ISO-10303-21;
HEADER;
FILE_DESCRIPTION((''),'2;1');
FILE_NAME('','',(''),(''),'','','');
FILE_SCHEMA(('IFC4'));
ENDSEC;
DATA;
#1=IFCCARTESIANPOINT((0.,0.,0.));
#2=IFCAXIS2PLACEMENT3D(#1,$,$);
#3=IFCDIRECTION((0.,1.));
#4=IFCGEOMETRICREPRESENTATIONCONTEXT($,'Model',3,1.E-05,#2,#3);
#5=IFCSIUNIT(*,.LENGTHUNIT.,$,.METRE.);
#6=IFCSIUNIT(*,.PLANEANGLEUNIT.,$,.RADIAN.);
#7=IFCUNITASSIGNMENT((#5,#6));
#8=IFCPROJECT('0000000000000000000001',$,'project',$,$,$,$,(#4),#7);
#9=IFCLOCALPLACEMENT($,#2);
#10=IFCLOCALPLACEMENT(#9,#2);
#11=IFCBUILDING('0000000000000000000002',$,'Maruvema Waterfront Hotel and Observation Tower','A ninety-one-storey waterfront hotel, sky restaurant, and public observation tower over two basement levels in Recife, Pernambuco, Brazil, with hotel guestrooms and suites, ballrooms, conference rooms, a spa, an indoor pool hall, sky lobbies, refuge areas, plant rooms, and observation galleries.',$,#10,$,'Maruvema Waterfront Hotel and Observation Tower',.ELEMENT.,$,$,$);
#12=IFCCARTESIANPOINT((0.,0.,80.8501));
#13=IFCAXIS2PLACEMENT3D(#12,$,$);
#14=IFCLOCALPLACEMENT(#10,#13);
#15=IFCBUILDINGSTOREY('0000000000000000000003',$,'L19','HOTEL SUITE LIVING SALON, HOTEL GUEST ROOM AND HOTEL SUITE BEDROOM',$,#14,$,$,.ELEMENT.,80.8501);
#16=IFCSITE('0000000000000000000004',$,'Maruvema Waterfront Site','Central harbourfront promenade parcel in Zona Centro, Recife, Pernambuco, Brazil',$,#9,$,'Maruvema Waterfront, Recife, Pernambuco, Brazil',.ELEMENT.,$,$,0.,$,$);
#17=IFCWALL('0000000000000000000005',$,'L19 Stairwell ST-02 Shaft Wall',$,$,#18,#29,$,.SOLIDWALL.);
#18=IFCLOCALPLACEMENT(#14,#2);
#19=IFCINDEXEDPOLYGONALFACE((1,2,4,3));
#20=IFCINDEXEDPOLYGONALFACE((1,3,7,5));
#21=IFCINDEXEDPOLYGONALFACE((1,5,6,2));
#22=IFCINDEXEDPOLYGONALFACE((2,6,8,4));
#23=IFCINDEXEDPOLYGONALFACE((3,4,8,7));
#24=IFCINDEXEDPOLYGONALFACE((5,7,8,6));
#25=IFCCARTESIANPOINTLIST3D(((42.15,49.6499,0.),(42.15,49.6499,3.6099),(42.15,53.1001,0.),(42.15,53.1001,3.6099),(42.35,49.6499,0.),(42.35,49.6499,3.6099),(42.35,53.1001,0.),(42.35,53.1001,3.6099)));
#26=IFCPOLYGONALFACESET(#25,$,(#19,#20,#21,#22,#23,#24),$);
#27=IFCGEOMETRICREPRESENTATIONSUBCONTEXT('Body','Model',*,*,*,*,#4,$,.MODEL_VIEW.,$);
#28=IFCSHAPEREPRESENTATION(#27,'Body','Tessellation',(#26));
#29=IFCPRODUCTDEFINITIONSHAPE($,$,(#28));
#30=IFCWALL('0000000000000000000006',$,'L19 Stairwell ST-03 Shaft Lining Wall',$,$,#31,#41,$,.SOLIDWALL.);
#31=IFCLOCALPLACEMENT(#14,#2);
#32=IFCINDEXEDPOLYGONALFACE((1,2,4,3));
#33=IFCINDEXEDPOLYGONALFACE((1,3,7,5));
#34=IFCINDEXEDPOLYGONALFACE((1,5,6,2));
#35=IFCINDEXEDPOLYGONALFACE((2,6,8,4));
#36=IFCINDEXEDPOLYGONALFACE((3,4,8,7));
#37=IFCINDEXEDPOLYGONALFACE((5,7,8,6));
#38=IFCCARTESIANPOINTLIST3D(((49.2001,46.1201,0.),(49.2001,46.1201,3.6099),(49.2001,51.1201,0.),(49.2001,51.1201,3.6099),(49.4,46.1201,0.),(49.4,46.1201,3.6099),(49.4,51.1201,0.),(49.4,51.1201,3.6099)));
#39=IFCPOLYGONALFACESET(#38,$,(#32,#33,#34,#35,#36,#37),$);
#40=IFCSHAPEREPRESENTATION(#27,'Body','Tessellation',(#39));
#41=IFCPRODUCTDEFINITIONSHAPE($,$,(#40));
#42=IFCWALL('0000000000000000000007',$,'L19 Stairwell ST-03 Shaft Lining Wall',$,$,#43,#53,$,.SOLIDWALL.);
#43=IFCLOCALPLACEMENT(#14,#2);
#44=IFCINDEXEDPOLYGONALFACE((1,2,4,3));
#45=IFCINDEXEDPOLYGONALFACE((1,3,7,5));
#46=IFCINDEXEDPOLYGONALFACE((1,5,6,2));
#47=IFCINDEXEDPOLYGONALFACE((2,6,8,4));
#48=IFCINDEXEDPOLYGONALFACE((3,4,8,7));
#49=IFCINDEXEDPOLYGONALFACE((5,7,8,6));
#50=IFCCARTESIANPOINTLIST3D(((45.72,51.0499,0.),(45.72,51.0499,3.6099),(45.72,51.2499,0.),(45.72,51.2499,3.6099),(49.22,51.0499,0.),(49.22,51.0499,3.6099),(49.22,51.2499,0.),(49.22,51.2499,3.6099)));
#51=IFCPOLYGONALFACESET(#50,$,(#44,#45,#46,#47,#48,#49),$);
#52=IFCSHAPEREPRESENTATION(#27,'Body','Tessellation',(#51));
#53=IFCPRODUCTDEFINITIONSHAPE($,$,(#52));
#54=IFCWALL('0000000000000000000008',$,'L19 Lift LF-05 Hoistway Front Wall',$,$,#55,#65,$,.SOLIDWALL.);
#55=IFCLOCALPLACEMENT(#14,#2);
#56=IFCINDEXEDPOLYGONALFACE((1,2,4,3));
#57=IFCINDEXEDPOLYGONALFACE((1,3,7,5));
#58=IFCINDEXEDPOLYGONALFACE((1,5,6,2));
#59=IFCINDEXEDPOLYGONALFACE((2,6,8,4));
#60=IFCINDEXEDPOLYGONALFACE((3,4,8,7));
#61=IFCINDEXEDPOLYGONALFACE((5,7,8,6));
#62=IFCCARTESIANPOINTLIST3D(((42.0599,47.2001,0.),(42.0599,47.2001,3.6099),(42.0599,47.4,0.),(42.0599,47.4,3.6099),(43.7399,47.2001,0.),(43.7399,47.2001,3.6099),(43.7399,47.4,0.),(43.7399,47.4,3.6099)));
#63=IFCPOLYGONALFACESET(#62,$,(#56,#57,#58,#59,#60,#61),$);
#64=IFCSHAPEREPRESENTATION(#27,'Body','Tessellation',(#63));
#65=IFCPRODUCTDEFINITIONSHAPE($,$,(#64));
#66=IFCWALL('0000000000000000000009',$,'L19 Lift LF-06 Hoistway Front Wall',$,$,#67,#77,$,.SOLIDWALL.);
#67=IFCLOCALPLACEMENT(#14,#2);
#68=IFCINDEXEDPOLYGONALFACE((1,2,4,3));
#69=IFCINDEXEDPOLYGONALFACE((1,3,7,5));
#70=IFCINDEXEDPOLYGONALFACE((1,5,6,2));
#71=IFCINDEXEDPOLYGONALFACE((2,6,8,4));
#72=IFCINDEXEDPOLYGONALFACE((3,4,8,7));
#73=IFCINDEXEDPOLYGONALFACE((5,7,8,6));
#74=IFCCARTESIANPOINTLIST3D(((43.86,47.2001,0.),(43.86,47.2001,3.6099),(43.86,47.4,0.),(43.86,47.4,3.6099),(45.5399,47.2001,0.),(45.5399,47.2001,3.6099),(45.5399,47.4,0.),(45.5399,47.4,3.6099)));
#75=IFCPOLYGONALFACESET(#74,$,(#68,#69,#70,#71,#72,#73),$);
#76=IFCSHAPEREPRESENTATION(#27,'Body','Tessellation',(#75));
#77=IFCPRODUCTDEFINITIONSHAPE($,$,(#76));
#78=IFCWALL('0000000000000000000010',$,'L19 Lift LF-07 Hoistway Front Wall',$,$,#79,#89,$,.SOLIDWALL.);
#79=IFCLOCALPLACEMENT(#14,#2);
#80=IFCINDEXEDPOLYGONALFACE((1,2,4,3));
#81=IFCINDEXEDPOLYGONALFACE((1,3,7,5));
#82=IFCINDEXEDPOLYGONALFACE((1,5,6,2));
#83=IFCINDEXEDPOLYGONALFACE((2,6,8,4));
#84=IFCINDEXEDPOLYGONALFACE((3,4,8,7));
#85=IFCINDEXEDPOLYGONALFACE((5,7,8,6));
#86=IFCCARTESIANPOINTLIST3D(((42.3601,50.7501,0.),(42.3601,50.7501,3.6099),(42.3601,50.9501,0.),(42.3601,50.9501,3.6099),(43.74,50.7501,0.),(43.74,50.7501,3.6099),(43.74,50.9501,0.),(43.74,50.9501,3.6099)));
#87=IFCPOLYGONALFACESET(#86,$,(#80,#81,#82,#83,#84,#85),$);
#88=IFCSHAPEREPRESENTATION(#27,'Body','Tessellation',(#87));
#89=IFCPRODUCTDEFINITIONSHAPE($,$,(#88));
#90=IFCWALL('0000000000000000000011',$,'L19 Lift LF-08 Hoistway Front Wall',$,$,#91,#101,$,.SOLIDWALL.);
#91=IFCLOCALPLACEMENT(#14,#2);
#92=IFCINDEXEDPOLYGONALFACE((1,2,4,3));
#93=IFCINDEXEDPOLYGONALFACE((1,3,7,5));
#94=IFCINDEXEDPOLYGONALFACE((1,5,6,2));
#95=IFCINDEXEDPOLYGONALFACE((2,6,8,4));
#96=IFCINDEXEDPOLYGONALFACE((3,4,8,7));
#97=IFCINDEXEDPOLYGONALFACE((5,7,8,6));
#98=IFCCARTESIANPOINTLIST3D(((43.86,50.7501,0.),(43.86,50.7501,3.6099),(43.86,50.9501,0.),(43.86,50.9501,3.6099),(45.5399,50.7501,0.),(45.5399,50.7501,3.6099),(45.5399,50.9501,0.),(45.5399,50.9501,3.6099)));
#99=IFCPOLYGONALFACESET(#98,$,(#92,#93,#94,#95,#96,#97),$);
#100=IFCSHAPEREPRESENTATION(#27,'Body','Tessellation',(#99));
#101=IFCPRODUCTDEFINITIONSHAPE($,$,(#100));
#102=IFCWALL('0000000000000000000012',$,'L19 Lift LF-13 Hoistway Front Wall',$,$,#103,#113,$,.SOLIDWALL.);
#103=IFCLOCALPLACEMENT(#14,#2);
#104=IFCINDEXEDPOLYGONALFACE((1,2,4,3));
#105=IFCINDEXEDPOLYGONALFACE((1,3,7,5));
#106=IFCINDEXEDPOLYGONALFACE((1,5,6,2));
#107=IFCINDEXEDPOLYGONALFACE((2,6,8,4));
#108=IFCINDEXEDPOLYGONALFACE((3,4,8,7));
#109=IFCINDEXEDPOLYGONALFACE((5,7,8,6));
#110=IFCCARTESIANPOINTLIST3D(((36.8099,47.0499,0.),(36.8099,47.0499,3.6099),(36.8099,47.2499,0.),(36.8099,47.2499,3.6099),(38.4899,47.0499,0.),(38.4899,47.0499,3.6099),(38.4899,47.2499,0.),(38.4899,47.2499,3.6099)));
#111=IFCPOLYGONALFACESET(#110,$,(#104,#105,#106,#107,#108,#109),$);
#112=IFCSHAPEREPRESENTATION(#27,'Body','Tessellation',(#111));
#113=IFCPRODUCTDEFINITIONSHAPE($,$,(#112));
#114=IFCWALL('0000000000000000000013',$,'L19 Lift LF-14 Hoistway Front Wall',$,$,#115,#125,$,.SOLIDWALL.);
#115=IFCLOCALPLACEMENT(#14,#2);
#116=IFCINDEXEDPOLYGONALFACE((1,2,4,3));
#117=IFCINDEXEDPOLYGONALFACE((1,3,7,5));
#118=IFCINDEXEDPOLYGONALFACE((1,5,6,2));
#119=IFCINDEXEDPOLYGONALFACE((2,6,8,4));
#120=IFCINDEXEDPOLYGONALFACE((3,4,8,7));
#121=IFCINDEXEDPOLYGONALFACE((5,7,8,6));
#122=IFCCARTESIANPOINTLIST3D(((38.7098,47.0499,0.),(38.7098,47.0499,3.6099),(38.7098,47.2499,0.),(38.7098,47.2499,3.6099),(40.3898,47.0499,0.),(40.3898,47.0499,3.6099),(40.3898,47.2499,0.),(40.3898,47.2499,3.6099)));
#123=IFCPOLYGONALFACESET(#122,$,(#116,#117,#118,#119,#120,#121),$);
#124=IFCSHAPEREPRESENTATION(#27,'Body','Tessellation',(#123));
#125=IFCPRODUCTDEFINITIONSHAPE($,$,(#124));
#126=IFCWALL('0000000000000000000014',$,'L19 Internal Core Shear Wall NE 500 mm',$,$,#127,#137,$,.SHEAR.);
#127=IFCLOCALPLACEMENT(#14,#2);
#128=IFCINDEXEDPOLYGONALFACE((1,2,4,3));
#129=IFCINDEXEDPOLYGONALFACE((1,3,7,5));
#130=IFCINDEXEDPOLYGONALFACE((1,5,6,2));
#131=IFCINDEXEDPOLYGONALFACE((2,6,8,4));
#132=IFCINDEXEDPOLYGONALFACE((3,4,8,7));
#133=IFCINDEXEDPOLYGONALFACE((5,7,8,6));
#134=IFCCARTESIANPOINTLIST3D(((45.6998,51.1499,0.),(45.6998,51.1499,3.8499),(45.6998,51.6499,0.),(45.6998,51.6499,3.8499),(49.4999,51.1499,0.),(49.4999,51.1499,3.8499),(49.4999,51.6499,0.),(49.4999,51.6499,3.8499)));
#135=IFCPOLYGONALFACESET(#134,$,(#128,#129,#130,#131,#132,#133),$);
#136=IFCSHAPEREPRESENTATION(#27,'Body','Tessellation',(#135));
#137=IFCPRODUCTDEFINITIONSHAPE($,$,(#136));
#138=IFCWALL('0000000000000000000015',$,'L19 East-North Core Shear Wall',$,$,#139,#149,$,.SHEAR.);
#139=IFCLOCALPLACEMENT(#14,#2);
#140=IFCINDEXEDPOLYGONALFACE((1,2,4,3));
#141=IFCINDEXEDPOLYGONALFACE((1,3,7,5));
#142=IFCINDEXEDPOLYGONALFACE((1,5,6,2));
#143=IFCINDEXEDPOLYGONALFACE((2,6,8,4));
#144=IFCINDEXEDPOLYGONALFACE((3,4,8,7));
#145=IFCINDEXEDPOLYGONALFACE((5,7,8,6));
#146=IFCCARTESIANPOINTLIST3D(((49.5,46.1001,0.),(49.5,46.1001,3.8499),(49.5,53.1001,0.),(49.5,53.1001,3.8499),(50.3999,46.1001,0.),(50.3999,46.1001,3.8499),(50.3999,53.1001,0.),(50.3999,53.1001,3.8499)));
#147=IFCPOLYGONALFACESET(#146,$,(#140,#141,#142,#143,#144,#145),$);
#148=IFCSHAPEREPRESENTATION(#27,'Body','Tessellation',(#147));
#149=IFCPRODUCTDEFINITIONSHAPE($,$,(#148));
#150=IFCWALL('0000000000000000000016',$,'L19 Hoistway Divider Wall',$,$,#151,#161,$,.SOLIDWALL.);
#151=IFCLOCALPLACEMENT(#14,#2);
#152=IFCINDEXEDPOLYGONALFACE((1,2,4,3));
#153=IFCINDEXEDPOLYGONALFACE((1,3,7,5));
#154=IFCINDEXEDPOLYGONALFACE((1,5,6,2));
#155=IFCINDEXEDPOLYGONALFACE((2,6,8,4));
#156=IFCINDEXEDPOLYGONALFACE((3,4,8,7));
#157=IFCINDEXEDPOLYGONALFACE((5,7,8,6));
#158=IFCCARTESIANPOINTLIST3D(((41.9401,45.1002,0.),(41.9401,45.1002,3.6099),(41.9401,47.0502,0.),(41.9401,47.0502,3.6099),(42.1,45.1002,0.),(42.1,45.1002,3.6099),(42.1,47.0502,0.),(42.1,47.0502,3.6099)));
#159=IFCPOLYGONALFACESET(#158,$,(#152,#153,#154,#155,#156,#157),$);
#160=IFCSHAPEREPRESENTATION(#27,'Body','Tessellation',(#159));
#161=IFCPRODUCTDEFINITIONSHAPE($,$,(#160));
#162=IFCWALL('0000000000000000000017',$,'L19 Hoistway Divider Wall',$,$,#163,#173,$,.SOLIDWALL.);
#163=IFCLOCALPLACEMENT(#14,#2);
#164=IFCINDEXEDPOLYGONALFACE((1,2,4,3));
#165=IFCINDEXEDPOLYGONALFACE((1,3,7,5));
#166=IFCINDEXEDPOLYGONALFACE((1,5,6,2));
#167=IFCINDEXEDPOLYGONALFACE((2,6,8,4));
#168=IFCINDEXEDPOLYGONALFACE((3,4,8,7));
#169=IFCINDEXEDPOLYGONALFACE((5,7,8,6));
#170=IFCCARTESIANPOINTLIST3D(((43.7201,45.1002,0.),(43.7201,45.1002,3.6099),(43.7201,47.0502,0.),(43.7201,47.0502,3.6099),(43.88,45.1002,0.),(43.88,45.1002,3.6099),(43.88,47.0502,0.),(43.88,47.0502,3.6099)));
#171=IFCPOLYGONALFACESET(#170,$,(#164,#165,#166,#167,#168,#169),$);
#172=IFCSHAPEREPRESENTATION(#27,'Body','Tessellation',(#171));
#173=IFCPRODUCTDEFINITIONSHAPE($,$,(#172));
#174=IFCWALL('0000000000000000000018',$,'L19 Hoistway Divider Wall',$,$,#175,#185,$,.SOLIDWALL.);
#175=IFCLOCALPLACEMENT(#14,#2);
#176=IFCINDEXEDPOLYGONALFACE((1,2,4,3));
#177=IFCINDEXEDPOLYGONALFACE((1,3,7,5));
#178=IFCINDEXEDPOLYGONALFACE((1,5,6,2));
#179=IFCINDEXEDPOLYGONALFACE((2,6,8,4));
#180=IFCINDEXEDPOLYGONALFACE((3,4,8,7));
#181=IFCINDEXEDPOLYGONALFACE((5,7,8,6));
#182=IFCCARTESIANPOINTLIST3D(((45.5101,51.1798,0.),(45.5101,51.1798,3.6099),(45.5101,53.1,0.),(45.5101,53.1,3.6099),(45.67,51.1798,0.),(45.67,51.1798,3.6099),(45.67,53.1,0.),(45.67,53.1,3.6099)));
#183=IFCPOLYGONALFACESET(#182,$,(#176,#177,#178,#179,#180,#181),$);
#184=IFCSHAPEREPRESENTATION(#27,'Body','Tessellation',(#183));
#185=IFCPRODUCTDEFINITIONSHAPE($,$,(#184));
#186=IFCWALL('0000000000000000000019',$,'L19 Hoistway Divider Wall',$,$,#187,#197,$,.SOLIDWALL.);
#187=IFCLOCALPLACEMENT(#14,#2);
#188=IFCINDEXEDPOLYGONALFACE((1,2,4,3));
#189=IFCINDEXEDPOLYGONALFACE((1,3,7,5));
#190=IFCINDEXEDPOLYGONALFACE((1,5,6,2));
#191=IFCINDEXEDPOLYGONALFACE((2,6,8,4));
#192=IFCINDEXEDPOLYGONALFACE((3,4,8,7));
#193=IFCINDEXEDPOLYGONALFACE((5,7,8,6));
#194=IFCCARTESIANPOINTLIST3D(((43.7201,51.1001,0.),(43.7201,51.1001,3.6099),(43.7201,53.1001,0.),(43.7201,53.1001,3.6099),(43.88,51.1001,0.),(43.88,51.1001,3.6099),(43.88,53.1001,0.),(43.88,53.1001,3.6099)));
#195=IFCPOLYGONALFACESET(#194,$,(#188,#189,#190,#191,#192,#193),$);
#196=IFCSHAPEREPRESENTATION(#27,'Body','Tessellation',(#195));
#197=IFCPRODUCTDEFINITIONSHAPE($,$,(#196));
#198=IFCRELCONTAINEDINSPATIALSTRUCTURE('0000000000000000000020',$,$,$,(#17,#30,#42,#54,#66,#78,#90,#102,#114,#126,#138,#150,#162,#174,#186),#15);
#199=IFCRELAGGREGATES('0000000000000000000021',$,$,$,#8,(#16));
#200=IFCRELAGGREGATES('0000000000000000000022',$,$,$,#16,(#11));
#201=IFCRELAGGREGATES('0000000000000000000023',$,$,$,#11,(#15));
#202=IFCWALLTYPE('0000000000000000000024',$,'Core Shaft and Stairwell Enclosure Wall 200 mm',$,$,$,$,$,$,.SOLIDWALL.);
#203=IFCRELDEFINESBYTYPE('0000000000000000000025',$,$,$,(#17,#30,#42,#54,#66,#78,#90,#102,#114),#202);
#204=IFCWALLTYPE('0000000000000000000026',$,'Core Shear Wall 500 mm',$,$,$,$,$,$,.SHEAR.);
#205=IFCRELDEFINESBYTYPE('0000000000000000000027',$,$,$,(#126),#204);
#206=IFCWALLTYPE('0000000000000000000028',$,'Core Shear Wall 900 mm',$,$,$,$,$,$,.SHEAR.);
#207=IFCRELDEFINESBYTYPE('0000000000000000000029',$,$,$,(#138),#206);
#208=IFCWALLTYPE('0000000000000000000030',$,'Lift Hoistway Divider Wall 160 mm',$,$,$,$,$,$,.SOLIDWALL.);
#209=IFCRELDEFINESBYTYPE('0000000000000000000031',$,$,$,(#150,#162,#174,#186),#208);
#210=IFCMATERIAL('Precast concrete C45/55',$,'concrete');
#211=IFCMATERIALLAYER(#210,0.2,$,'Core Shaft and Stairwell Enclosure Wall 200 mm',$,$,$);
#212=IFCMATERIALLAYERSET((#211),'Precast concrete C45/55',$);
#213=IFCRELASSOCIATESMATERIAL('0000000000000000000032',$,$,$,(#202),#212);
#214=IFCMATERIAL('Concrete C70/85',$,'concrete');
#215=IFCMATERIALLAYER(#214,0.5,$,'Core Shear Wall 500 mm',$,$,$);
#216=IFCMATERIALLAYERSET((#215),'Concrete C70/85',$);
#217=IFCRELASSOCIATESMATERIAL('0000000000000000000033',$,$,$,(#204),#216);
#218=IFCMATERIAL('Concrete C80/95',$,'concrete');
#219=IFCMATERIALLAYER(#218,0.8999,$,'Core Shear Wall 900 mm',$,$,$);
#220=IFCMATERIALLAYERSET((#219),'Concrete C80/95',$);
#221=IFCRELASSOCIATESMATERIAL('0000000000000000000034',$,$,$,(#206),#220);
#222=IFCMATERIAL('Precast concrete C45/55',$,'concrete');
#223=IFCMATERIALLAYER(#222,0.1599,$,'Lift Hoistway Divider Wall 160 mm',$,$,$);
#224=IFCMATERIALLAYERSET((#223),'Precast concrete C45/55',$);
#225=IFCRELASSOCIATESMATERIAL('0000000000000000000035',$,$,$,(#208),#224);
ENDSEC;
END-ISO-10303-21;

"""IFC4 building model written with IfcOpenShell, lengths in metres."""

from ifc_helpers import new_model, si_unit, direction, frame, frame_2d, origin, place, context, subcontext, project, spatial, rectangle, extrude, material, layer, layer_set, type_object, element, save


model = new_model("IFC4")

# Units and contexts
model_context = context("Model", 3, precision=1e-05, world=origin(), true_north=direction((0.0, 1.0)))
body_context = subcontext(model_context, "Body", "Model", "MODEL_VIEW")
ifc_project = project(units=[si_unit("LENGTHUNIT", "METRE"), si_unit("PLANEANGLEUNIT", "RADIAN")], contexts=[model_context])

# Site, building, storey
site_placement = place(None, origin())
site = spatial("IfcSite", under=ifc_project, at=site_placement, Name="Maruvema Waterfront Site", Description="Central harbourfront promenade parcel in Zona Centro, Recife, Pernambuco, Brazil", LongName="Maruvema Waterfront, Recife, Pernambuco, Brazil", CompositionType="ELEMENT", RefElevation=0.0)
building_placement = place(site_placement, origin())
building = spatial("IfcBuilding", under=site, at=building_placement, Name="Maruvema Waterfront Hotel and Observation Tower", Description="A ninety-one-storey waterfront hotel, sky restaurant, and public observation tower over two basement levels in Recife, Pernambuco, Brazil, with hotel guestrooms and suites, ballrooms, conference rooms, a spa, an indoor pool hall, sky lobbies, refuge areas, plant rooms, and observation galleries.", LongName="Maruvema Waterfront Hotel and Observation Tower", CompositionType="ELEMENT")
storey_placement = place(building_placement, frame((0.0, 0.0, 80.8501)))
storey = spatial("IfcBuildingStorey", under=building, at=storey_placement, Name="L19", Description="HOTEL SUITE LIVING SALON, HOTEL GUEST ROOM AND HOTEL SUITE BEDROOM", CompositionType="ELEMENT", Elevation=80.8501)

# Walls
ifc_material_1 = material(Name="Precast concrete C45/55", Category="concrete")
ifc_layer_1 = layer(ifc_material_1, 0.2, Name="Core Shaft and Stairwell Enclosure Wall 200 mm")
ifc_layer_set_1 = layer_set([ifc_layer_1], Name="Precast concrete C45/55")
wall_type_1 = type_object("IfcWallType", Name="Core Shaft and Stairwell Enclosure Wall 200 mm", PredefinedType="SOLIDWALL", material=ifc_layer_set_1)
wall_1_placement = place(storey_placement, frame((42.25, 49.6499, 0.0), z_axis=(0.0, 0.0, 1.0), x_axis=(0.0, 1.0, 0.0)))
element("IfcWall", 1, at=wall_1_placement, inside=storey, type_object=wall_type_1, Name="L19 Stairwell ST-02 Shaft Wall", PredefinedType="SOLIDWALL", context=body_context, shape_type="SweptSolid", body=[
    extrude(rectangle(XDim=3.4502, YDim=0.2, at=frame_2d((1.7251, 0.0))), origin(), (0.0, 0.0, 1.0), 3.6099),
])
wall_2_placement = place(storey_placement, frame((49.3, 46.1201, 0.0), z_axis=(0.0, 0.0, 1.0), x_axis=(0.0, 1.0, 0.0)))
element("IfcWall", 2, at=wall_2_placement, inside=storey, type_object=wall_type_1, Name="L19 Stairwell ST-03 Shaft Lining Wall", PredefinedType="SOLIDWALL", context=body_context, shape_type="SweptSolid", body=[
    extrude(rectangle(XDim=5.0, YDim=0.2, at=frame_2d((2.5, 0.0))), origin(), (0.0, 0.0, 1.0), 3.6099),
])
wall_3_placement = place(storey_placement, frame((45.72, 51.1499, 0.0), z_axis=(0.0, 0.0, 1.0), x_axis=(1.0, 0.0, 0.0)))
element("IfcWall", 3, at=wall_3_placement, inside=storey, type_object=wall_type_1, Name="L19 Stairwell ST-03 Shaft Lining Wall", PredefinedType="SOLIDWALL", context=body_context, shape_type="SweptSolid", body=[
    extrude(rectangle(XDim=3.5, YDim=0.2, at=frame_2d((1.75, 0.0))), origin(), (0.0, 0.0, 1.0), 3.6099),
])
for number, where, z_axis, x_axis, name in (
    (4, (42.0601, 47.3, 0.0), (0.0, 0.0, 1.0), (1.0, 0.0, 0.0), "L19 Lift LF-05 Hoistway Front Wall"),
    (5, (43.8601, 47.3, 0.0), (0.0, 0.0, 1.0), (1.0, 0.0, 0.0), "L19 Lift LF-06 Hoistway Front Wall"),
):
    element("IfcWall", number, at=place(storey_placement, frame(where, z_axis=z_axis, x_axis=x_axis)), inside=storey, type_object=wall_type_1, Name=name, PredefinedType="SOLIDWALL", context=body_context, shape_type="SweptSolid", body=[
        extrude(rectangle(XDim=1.6799, YDim=0.2, at=frame_2d((0.8398, 0.0))), origin(), (0.0, 0.0, 1.0), 3.6099),
    ])
wall_4_placement = place(storey_placement, frame((42.3601, 50.8501, 0.0), z_axis=(0.0, 0.0, 1.0), x_axis=(1.0, 0.0, 0.0)))
element("IfcWall", 6, at=wall_4_placement, inside=storey, type_object=wall_type_1, Name="L19 Lift LF-07 Hoistway Front Wall", PredefinedType="SOLIDWALL", context=body_context, shape_type="SweptSolid", body=[
    extrude(rectangle(XDim=1.3799, YDim=0.2, at=frame_2d((0.6899, 0.0))), origin(), (0.0, 0.0, 1.0), 3.6099),
])
for number, where, z_axis, x_axis, name in (
    (7, (43.8601, 50.8501, 0.0), (0.0, 0.0, 1.0), (1.0, 0.0, 0.0), "L19 Lift LF-08 Hoistway Front Wall"),
    (8, (36.8101, 47.1499, 0.0), (0.0, 0.0, 1.0), (1.0, 0.0, 0.0), "L19 Lift LF-13 Hoistway Front Wall"),
    (9, (38.71, 47.1499, 0.0), (0.0, 0.0, 1.0), (1.0, 0.0, 0.0), "L19 Lift LF-14 Hoistway Front Wall"),
):
    element("IfcWall", number, at=place(storey_placement, frame(where, z_axis=z_axis, x_axis=x_axis)), inside=storey, type_object=wall_type_1, Name=name, PredefinedType="SOLIDWALL", context=body_context, shape_type="SweptSolid", body=[
        extrude(rectangle(XDim=1.6799, YDim=0.2, at=frame_2d((0.8398, 0.0))), origin(), (0.0, 0.0, 1.0), 3.6099),
    ])
ifc_material_2 = material(Name="Concrete C70/85", Category="concrete")
ifc_layer_2 = layer(ifc_material_2, 0.5, Name="Core Shear Wall 500 mm")
ifc_layer_set_2 = layer_set([ifc_layer_2], Name="Concrete C70/85")
wall_type_2 = type_object("IfcWallType", Name="Core Shear Wall 500 mm", PredefinedType="SHEAR", material=ifc_layer_set_2)
wall_5_placement = place(storey_placement, frame((45.7, 51.3999, 0.0), z_axis=(0.0, 0.0, 1.0), x_axis=(1.0, 0.0, 0.0)))
element("IfcWall", 10, at=wall_5_placement, inside=storey, type_object=wall_type_2, Name="L19 Internal Core Shear Wall NE 500 mm", PredefinedType="SHEAR", context=body_context, shape_type="SweptSolid", body=[
    extrude(rectangle(XDim=3.8, YDim=0.5, at=frame_2d((1.8999, 0.0))), origin(), (0.0, 0.0, 1.0), 3.8499),
])
ifc_material_3 = material(Name="Concrete C80/95", Category="concrete")
ifc_layer_3 = layer(ifc_material_3, 0.8999, Name="Core Shear Wall 900 mm")
ifc_layer_set_3 = layer_set([ifc_layer_3], Name="Concrete C80/95")
wall_type_3 = type_object("IfcWallType", Name="Core Shear Wall 900 mm", PredefinedType="SHEAR", material=ifc_layer_set_3)
wall_6_placement = place(storey_placement, frame((49.95, 46.1001, 0.0), z_axis=(0.0, 0.0, 1.0), x_axis=(0.0, 1.0, 0.0)))
element("IfcWall", 11, at=wall_6_placement, inside=storey, type_object=wall_type_3, Name="L19 East-North Core Shear Wall", PredefinedType="SHEAR", context=body_context, shape_type="SweptSolid", body=[
    extrude(rectangle(XDim=7.0, YDim=0.8999, at=frame_2d((3.5, 0.0))), origin(), (0.0, 0.0, 1.0), 3.8499),
])
ifc_material_4 = material(Name="Precast concrete C45/55", Category="concrete")
ifc_layer_4 = layer(ifc_material_4, 0.1599, Name="Lift Hoistway Divider Wall 160 mm")
ifc_layer_set_4 = layer_set([ifc_layer_4], Name="Precast concrete C45/55")
wall_type_4 = type_object("IfcWallType", Name="Lift Hoistway Divider Wall 160 mm", PredefinedType="SOLIDWALL", material=ifc_layer_set_4)
for number, where, z_axis, x_axis, name in (
    (12, (42.02, 45.1001, 0.0), (0.0, 0.0, 1.0), (0.0, 1.0, 0.0), "L19 Hoistway Divider Wall"),
    (13, (43.8, 45.1001, 0.0), (0.0, 0.0, 1.0), (0.0, 1.0, 0.0), "L19 Hoistway Divider Wall"),
):
    element("IfcWall", number, at=place(storey_placement, frame(where, z_axis=z_axis, x_axis=x_axis)), inside=storey, type_object=wall_type_4, Name=name, PredefinedType="SOLIDWALL", context=body_context, shape_type="SweptSolid", body=[
        extrude(rectangle(XDim=1.95, YDim=0.1599, at=frame_2d((0.9751, 0.0))), origin(), (0.0, 0.0, 1.0), 3.6099),
    ])
wall_7_placement = place(storey_placement, frame((45.5901, 51.1799, 0.0), z_axis=(0.0, 0.0, 1.0), x_axis=(0.0, 1.0, 0.0)))
element("IfcWall", 14, at=wall_7_placement, inside=storey, type_object=wall_type_4, Name="L19 Hoistway Divider Wall", PredefinedType="SOLIDWALL", context=body_context, shape_type="SweptSolid", body=[
    extrude(rectangle(XDim=1.9202, YDim=0.1599, at=frame_2d((0.96, 0.0))), origin(), (0.0, 0.0, 1.0), 3.6099),
])
wall_8_placement = place(storey_placement, frame((43.8, 51.1001, 0.0), z_axis=(0.0, 0.0, 1.0), x_axis=(0.0, 1.0, 0.0)))
element("IfcWall", 15, at=wall_8_placement, inside=storey, type_object=wall_type_4, Name="L19 Hoistway Divider Wall", PredefinedType="SOLIDWALL", context=body_context, shape_type="SweptSolid", body=[
    extrude(rectangle(XDim=2.0, YDim=0.1599, at=frame_2d((1.0, 0.0))), origin(), (0.0, 0.0, 1.0), 3.6099),
])

save(model, "model.ifc")
